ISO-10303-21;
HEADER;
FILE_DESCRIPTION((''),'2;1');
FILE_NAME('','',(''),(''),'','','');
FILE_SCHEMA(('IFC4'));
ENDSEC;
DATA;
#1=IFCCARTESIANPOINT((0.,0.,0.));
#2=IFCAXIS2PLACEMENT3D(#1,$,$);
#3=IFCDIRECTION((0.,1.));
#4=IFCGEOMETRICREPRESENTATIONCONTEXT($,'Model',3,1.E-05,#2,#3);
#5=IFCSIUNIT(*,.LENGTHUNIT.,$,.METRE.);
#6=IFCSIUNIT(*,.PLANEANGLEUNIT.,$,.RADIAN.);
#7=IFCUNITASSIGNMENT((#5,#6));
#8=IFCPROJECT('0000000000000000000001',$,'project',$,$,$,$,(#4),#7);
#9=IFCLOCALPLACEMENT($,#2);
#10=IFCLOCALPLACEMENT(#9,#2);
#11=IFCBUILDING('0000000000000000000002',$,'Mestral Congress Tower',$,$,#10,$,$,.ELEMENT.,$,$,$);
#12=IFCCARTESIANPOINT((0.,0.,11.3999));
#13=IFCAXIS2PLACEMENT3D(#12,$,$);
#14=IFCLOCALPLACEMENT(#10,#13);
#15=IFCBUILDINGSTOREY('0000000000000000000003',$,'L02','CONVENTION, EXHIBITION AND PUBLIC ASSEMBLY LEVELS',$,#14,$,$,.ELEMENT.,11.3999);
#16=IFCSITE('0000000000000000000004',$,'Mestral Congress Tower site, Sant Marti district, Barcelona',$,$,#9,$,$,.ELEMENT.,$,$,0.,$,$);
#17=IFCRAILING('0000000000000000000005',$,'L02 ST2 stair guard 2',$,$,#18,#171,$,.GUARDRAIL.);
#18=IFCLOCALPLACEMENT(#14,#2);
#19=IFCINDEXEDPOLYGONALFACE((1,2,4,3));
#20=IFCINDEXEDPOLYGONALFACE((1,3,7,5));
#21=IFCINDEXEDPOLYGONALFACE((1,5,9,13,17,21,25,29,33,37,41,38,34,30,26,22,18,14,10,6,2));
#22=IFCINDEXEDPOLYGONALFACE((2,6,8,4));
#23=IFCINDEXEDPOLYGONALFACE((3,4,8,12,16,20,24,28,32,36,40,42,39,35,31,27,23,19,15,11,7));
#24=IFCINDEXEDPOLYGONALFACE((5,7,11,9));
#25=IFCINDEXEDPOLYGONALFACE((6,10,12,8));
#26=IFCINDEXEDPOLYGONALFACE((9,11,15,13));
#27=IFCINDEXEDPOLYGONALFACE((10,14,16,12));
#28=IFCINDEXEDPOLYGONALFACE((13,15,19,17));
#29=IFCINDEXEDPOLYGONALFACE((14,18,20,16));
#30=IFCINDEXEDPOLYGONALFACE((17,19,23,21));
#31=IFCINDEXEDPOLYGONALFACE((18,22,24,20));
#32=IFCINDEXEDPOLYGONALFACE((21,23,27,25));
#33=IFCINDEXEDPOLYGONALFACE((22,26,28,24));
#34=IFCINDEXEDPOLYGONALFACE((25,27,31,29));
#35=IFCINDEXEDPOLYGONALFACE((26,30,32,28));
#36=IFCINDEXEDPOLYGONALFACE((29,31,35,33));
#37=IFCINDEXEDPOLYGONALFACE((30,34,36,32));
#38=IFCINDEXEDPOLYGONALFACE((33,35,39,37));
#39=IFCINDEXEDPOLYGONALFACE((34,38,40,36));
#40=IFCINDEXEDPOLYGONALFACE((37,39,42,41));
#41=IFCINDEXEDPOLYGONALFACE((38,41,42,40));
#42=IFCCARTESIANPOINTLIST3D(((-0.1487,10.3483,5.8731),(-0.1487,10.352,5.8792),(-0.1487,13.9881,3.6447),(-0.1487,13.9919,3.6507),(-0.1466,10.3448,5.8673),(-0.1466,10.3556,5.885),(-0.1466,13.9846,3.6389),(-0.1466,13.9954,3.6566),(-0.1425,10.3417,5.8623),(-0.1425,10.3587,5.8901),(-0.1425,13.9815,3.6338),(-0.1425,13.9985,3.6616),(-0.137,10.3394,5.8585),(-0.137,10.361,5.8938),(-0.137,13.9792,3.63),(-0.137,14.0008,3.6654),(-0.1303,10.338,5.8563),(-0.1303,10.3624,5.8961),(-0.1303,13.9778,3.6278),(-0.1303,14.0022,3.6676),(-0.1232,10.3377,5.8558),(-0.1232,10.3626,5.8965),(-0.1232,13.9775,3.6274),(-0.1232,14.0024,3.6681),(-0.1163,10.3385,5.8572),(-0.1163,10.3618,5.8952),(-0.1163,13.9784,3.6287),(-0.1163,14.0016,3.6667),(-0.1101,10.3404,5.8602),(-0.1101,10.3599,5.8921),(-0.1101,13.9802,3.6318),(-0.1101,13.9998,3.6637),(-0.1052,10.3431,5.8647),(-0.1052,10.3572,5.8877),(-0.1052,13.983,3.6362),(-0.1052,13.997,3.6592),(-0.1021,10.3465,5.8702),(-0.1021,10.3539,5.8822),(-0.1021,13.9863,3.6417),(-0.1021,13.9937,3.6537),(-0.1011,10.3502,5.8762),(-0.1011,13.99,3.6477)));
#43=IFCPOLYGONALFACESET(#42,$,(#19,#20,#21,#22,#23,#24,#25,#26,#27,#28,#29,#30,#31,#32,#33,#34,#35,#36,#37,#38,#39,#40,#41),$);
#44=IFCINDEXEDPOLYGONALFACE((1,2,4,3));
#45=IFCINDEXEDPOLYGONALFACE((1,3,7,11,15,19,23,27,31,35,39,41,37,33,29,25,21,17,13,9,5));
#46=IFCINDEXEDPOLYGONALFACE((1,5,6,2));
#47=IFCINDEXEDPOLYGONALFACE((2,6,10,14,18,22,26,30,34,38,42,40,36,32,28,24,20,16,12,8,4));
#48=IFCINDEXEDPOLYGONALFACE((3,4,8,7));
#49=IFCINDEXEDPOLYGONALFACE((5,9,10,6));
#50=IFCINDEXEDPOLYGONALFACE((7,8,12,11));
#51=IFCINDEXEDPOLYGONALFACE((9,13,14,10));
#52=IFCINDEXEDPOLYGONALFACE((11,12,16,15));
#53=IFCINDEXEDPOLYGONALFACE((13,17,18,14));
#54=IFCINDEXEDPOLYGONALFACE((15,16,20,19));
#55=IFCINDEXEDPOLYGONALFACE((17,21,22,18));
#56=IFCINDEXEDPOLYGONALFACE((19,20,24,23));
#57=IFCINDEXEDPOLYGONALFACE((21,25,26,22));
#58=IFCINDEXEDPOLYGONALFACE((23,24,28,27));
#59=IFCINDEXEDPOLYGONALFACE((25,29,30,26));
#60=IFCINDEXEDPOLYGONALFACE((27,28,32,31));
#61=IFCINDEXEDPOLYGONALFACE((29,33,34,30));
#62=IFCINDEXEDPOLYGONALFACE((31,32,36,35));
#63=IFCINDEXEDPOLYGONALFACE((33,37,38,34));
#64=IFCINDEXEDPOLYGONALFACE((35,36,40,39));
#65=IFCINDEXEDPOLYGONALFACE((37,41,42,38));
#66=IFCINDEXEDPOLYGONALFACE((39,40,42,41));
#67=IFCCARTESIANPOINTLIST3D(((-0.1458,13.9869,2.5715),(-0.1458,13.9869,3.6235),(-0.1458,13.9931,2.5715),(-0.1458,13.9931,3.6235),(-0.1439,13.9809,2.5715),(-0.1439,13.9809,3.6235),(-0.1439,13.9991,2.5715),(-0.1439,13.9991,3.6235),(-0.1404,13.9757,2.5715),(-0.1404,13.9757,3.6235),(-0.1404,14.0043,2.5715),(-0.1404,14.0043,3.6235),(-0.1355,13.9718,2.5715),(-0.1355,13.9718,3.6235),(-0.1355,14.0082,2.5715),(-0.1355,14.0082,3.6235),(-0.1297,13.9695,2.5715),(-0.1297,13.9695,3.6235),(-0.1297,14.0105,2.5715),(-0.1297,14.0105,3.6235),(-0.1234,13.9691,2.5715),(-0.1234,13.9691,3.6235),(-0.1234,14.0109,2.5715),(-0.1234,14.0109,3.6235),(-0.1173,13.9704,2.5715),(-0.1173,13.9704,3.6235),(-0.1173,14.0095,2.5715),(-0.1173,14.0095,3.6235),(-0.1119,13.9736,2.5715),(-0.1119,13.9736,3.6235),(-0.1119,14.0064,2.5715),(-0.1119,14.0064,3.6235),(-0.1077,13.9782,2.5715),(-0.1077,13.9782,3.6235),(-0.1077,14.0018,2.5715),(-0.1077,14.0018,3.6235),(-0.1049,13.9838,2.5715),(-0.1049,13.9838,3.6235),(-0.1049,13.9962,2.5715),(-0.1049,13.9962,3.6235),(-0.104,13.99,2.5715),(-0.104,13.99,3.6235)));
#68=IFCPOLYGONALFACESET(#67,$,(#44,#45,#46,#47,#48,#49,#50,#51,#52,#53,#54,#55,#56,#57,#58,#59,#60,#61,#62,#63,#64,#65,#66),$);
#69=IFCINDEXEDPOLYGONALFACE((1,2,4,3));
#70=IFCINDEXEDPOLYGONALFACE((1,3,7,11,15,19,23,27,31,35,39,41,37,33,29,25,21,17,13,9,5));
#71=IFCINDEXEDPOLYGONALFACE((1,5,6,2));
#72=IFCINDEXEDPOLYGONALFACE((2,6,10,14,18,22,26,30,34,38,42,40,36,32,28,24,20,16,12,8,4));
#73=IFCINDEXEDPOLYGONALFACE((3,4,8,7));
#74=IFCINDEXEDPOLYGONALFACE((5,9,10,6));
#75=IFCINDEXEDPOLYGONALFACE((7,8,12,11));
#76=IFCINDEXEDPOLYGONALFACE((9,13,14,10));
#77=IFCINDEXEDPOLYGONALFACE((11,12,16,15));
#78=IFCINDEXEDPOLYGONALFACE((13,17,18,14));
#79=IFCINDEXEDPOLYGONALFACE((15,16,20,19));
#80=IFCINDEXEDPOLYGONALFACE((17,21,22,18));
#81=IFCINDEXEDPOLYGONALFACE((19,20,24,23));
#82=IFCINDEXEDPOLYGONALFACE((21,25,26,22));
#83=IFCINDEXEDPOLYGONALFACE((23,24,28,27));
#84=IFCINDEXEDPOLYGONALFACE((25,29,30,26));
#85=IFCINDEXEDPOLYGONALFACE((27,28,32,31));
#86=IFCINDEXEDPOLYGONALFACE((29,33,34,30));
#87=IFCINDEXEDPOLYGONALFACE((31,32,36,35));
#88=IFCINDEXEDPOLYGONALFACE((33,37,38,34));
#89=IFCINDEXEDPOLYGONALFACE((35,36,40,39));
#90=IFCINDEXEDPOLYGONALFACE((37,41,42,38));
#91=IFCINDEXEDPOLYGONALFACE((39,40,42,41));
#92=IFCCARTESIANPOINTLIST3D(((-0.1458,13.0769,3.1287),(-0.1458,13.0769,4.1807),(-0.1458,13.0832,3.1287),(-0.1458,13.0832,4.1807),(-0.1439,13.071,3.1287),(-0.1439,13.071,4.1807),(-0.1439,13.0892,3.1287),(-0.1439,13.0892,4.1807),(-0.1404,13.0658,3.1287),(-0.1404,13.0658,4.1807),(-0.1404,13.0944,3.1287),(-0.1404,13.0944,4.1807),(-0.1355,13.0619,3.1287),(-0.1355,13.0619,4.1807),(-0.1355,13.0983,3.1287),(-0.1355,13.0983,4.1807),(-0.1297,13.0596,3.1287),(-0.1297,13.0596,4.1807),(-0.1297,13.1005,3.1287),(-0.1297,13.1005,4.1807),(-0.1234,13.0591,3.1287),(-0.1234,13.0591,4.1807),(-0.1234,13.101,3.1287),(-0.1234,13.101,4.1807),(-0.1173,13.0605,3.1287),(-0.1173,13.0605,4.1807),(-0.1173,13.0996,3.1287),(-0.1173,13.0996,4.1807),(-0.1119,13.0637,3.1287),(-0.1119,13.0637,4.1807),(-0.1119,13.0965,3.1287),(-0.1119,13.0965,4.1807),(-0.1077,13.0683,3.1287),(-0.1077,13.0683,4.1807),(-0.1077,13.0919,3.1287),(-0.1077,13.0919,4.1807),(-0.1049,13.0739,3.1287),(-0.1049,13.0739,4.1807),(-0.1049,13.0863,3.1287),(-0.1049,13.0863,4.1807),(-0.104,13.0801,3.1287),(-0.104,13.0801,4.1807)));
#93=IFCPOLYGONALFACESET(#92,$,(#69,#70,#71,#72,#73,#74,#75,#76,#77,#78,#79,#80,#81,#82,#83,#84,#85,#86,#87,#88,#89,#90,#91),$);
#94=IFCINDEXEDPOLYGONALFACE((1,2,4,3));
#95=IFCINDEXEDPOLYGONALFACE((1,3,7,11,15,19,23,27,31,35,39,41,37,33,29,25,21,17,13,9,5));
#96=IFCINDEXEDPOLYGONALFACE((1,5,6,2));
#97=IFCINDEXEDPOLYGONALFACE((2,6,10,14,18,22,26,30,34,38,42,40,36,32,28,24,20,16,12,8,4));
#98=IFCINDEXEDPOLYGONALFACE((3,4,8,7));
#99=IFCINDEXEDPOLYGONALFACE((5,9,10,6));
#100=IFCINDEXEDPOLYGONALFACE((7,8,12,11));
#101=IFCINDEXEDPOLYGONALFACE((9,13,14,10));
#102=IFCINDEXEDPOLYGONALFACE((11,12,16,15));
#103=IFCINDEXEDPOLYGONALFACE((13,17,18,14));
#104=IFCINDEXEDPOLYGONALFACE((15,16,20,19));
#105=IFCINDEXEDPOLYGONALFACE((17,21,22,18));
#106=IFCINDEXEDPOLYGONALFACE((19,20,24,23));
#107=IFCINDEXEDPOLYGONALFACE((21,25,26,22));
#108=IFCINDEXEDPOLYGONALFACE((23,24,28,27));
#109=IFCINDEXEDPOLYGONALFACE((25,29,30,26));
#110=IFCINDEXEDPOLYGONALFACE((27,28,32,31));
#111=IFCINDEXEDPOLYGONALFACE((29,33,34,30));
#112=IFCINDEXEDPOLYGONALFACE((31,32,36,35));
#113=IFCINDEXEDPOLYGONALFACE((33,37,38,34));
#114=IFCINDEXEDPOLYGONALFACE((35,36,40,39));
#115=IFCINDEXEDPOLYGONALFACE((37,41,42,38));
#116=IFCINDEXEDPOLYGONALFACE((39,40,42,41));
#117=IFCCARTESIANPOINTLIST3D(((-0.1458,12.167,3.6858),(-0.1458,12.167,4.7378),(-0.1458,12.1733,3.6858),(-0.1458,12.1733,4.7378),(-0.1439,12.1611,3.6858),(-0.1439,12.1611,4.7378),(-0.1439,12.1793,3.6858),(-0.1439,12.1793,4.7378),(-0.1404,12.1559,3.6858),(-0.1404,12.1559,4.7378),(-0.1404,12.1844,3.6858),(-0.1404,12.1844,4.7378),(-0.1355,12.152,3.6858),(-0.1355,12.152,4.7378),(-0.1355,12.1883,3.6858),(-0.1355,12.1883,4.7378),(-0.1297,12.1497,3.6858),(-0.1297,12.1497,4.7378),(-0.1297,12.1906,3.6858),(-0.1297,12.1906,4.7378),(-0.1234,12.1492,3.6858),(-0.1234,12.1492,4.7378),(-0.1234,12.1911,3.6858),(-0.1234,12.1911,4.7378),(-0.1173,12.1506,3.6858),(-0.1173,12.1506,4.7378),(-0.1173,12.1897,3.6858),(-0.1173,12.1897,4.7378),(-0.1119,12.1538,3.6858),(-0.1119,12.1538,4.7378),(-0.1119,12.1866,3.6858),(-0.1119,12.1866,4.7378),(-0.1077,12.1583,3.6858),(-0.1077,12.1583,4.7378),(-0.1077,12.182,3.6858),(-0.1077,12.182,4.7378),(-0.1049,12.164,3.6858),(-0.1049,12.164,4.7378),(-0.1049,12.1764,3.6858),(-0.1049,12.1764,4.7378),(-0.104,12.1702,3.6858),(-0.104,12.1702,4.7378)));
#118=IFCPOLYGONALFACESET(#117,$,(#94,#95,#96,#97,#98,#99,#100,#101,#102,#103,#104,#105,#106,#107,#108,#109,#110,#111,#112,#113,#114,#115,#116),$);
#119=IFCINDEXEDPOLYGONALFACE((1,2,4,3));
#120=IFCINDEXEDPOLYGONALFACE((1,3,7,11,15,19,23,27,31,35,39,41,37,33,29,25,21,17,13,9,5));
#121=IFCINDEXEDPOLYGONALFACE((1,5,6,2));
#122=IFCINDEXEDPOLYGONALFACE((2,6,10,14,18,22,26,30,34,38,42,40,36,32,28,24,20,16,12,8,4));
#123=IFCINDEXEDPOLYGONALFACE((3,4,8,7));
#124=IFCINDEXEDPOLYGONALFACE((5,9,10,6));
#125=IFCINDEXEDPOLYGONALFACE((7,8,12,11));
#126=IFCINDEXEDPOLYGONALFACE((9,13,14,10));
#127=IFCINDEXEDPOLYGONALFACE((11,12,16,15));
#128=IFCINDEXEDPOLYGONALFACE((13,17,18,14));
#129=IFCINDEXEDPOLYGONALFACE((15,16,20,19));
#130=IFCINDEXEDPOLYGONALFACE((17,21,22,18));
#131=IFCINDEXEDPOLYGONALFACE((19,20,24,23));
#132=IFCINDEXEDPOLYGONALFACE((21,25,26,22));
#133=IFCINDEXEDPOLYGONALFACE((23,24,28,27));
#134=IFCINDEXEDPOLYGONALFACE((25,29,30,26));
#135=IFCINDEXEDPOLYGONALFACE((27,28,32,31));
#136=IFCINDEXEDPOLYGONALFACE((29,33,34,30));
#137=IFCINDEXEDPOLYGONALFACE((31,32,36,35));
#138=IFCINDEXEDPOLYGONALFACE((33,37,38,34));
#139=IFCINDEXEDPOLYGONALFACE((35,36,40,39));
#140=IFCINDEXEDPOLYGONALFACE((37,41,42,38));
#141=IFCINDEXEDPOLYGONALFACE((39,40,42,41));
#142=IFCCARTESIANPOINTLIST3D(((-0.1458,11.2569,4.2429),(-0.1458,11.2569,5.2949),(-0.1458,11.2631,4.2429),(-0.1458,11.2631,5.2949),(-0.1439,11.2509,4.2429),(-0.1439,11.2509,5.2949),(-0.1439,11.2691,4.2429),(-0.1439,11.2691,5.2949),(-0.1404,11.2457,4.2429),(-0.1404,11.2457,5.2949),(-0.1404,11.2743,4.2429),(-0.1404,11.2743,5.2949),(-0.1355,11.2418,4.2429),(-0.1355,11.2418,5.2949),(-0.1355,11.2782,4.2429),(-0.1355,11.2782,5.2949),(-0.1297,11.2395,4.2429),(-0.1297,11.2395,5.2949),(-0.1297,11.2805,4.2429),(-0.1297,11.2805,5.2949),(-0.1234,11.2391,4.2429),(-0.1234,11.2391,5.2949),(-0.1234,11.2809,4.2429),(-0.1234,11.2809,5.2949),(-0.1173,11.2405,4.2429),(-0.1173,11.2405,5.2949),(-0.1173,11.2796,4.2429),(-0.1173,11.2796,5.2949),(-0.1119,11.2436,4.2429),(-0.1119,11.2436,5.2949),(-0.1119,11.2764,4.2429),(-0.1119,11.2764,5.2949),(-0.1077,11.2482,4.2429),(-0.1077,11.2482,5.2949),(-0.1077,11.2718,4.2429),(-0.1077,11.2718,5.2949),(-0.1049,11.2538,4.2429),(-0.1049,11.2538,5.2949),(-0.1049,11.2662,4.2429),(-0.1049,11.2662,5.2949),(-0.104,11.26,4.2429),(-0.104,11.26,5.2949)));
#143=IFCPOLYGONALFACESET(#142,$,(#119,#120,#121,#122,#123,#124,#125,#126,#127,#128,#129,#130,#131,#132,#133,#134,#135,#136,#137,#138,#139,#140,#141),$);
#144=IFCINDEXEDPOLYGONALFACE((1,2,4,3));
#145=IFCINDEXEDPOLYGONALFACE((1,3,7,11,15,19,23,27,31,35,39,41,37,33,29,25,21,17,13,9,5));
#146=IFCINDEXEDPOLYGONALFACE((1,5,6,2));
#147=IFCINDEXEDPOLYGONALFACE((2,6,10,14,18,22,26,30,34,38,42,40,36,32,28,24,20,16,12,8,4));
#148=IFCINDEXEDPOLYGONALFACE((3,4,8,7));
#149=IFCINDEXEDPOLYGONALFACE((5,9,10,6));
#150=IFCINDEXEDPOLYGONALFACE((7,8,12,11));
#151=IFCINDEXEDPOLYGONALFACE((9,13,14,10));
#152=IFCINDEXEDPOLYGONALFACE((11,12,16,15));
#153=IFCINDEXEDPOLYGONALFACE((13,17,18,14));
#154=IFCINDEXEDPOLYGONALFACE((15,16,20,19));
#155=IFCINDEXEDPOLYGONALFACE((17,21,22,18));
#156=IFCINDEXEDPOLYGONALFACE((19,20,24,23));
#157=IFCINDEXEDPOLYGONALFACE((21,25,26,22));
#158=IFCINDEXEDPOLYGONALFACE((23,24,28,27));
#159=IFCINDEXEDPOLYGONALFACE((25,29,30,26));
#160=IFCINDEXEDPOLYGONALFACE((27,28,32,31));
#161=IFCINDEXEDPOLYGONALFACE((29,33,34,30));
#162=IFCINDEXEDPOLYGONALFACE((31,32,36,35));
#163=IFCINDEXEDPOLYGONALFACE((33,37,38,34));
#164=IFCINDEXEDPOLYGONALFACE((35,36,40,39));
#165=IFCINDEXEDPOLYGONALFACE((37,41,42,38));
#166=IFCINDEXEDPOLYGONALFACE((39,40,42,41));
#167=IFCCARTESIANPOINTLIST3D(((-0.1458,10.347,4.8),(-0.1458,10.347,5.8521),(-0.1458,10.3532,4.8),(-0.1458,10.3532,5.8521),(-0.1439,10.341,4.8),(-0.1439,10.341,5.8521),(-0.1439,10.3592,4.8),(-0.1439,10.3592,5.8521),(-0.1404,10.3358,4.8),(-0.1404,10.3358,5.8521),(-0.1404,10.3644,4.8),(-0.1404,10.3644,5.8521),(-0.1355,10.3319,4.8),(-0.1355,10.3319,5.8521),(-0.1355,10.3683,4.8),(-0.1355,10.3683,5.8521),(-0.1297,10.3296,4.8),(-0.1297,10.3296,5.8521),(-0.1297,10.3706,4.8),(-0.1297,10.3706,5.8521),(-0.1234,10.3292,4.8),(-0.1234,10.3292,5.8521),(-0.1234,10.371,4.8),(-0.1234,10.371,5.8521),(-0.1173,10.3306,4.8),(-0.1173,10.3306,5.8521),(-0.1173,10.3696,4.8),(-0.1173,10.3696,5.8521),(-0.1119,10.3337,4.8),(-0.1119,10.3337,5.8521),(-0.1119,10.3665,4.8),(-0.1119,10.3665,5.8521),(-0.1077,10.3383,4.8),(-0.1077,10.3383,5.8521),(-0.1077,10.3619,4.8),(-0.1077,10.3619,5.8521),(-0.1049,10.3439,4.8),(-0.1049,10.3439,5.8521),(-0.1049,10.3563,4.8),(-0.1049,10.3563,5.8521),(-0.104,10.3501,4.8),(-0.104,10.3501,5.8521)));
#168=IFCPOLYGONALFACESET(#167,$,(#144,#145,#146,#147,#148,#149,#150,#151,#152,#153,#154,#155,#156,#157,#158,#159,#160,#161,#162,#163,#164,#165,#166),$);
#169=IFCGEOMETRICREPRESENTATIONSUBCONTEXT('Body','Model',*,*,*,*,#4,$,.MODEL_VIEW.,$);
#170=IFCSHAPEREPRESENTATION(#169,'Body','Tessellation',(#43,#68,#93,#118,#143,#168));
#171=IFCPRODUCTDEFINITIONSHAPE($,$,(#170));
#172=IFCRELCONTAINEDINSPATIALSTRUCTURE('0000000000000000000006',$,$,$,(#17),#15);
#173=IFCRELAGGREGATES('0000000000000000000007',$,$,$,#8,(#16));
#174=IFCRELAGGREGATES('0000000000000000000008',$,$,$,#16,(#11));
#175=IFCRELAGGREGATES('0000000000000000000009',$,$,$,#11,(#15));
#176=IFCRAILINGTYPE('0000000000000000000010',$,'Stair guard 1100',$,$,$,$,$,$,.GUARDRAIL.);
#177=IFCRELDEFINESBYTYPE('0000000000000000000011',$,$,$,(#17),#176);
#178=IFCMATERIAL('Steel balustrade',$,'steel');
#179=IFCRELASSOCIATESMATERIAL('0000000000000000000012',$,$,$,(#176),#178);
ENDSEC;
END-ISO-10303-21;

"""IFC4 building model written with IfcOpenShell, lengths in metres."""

from ifc_helpers import new_model, si_unit, direction, frame, origin, origin_2d, place, context, subcontext, project, spatial, circle, extrude, material, type_object, element, save


model = new_model("IFC4")

# Units and contexts
model_context = context("Model", 3, precision=1e-05, world=origin(), true_north=direction((0.0, 1.0)))
body_context = subcontext(model_context, "Body", "Model", "MODEL_VIEW")
ifc_project = project(units=[si_unit("LENGTHUNIT", "METRE"), si_unit("PLANEANGLEUNIT", "RADIAN")], contexts=[model_context])

# Site, building, storey
site_placement = place(None, origin())
site = spatial("IfcSite", under=ifc_project, at=site_placement, Name="Mestral Congress Tower site, Sant Marti district, Barcelona", CompositionType="ELEMENT", RefElevation=0.0)
building_placement = place(site_placement, origin())
building = spatial("IfcBuilding", under=site, at=building_placement, Name="Mestral Congress Tower", CompositionType="ELEMENT")
storey_placement = place(building_placement, frame((0.0, 0.0, 11.3999)))
storey = spatial("IfcBuildingStorey", under=building, at=storey_placement, Name="L02", Description="CONVENTION, EXHIBITION AND PUBLIC ASSEMBLY LEVELS", CompositionType="ELEMENT", Elevation=11.3999)

# Railing
ifc_material_1 = material(Name="Steel balustrade", Category="steel")
railing_type = type_object("IfcRailingType", Name="Stair guard 1100", PredefinedType="GUARDRAIL", material=ifc_material_1)
railing_placement = place(storey_placement, frame((-0.125, 13.99, 2.5715)))
element("IfcRailing", 1, at=railing_placement, inside=storey, type_object=railing_type, Name="L02 ST2 stair guard 2", PredefinedType="GUARDRAIL", context=body_context, shape_type="SweptSolid", body=[
    extrude(circle(Radius=0.0239, at=origin_2d()), frame((0.0, 0.0, 1.0762), z_axis=(0.0, -0.85285, 0.522156), x_axis=(1.0, 0.0, 0.0)), (0.0, 0.0, 1.0), 4.2678),
    extrude(circle(Radius=0.021, at=origin_2d()), origin(), (0.0, 0.0, 1.0), 1.052),
    extrude(circle(Radius=0.021, at=origin_2d()), frame((0.0, -0.9099, 0.5571)), (0.0, 0.0, 1.0), 1.052),
    extrude(circle(Radius=0.021, at=origin_2d()), frame((0.0, -1.8198, 1.1143)), (0.0, 0.0, 1.0), 1.052),
    extrude(circle(Radius=0.021, at=origin_2d()), frame((0.0, -2.73, 1.6714)), (0.0, 0.0, 1.0), 1.052),
    extrude(circle(Radius=0.021, at=origin_2d()), frame((0.0, -3.6399, 2.2285)), (0.0, 0.0, 1.0), 1.052),
])

save(model, "model.ifc")
